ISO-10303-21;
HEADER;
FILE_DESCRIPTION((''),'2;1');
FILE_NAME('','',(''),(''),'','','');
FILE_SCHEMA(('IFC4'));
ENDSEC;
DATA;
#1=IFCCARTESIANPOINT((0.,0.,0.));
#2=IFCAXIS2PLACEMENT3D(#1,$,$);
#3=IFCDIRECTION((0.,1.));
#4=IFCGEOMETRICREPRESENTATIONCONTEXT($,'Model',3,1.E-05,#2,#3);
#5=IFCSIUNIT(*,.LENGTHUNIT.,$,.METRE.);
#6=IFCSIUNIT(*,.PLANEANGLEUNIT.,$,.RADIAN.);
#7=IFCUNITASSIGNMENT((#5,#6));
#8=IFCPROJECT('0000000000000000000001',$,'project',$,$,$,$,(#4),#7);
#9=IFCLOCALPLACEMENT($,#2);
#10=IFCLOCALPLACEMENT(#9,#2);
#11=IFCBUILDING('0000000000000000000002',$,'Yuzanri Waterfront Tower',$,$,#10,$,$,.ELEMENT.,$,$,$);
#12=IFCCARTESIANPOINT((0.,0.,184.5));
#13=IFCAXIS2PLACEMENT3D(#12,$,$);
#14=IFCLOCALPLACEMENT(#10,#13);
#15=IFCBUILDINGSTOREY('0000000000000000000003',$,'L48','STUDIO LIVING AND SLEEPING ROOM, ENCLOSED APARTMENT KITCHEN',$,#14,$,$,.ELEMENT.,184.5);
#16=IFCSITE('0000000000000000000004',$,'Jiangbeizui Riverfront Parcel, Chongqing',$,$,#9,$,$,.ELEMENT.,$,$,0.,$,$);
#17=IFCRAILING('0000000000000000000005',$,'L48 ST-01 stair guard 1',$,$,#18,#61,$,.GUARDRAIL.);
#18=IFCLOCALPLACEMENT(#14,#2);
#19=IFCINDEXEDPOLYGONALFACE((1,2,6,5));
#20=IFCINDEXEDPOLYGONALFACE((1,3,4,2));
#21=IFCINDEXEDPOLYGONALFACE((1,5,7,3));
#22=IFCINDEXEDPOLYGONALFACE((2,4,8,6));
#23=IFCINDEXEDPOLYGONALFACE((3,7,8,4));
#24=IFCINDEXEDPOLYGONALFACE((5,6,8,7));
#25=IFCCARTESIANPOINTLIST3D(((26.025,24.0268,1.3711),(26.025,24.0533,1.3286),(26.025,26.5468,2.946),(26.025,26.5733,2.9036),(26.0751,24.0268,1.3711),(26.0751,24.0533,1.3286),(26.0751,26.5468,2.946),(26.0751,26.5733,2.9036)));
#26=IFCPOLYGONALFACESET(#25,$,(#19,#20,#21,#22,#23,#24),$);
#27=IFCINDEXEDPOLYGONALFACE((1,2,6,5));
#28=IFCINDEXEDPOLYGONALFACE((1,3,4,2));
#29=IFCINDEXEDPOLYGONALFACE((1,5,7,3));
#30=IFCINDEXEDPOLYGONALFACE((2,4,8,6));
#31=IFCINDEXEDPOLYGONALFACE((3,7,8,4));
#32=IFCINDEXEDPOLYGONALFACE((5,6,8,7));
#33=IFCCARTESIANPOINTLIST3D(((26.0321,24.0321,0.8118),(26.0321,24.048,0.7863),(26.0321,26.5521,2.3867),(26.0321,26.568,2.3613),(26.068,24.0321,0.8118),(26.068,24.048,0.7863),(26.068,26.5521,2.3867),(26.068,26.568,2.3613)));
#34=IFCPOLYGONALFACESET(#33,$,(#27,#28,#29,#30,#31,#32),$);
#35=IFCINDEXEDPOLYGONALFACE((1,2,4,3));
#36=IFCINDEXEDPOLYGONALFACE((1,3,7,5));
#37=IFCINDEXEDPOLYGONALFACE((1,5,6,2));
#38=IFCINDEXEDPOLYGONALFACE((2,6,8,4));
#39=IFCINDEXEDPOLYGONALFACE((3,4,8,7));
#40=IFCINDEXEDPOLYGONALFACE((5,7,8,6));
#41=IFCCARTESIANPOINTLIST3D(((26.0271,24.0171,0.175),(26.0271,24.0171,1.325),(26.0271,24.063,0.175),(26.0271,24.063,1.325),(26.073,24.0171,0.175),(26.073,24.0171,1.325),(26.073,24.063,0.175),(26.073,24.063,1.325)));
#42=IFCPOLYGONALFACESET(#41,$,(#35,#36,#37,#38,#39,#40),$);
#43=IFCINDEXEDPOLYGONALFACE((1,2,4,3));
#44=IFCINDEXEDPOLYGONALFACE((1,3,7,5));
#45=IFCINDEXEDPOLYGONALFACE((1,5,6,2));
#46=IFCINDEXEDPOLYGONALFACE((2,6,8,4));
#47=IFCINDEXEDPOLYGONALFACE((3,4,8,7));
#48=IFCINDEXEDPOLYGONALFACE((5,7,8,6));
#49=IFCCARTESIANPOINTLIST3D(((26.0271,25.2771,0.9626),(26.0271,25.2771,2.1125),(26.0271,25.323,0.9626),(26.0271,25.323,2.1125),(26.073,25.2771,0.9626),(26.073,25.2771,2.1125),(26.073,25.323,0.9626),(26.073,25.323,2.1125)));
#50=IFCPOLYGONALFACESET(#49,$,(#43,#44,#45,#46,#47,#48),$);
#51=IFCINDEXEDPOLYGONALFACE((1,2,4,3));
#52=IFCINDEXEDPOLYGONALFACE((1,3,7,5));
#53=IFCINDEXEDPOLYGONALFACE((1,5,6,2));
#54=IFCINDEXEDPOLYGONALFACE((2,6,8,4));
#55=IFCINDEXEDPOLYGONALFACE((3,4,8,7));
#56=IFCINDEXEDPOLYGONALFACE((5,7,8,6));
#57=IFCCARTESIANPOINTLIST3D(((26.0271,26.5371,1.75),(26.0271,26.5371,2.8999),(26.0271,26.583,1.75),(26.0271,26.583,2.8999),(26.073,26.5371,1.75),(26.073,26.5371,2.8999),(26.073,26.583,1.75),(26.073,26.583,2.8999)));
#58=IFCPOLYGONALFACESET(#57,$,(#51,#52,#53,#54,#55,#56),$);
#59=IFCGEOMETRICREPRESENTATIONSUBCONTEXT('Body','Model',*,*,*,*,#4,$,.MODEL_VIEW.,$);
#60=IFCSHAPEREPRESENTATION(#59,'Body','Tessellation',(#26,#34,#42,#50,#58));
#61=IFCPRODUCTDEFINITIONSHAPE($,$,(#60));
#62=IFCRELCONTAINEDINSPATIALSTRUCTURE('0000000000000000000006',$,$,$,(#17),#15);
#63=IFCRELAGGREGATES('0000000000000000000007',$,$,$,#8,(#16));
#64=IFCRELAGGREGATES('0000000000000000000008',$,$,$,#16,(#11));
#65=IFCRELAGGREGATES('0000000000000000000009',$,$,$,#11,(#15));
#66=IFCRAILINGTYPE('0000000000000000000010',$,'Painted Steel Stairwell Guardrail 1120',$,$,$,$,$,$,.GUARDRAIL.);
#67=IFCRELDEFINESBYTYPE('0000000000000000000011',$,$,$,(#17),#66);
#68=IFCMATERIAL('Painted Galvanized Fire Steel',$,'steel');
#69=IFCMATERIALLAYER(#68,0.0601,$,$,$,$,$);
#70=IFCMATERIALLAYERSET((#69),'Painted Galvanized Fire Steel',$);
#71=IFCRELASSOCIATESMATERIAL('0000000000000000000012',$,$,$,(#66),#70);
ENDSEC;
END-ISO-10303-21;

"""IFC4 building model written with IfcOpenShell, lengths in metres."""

from ifc_helpers import new_model, si_unit, direction, frame, origin, origin_2d, place, context, subcontext, project, spatial, rectangle, extrude, source, transform, mapped, material, layer, layer_set, type_object, element, save


model = new_model("IFC4")

# Units and contexts
model_context = context("Model", 3, precision=1e-05, world=origin(), true_north=direction((0.0, 1.0)))
body_context = subcontext(model_context, "Body", "Model", "MODEL_VIEW")
ifc_project = project(units=[si_unit("LENGTHUNIT", "METRE"), si_unit("PLANEANGLEUNIT", "RADIAN")], contexts=[model_context])

# Site, building, storey
site_placement = place(None, origin())
site = spatial("IfcSite", under=ifc_project, at=site_placement, Name="Jiangbeizui Riverfront Parcel, Chongqing", CompositionType="ELEMENT", RefElevation=0.0)
building_placement = place(site_placement, origin())
building = spatial("IfcBuilding", under=site, at=building_placement, Name="Yuzanri Waterfront Tower", CompositionType="ELEMENT")
storey_placement = place(building_placement, frame((0.0, 0.0, 184.5)))
storey = spatial("IfcBuildingStorey", under=building, at=storey_placement, Name="L48", Description="STUDIO LIVING AND SLEEPING ROOM, ENCLOSED APARTMENT KITCHEN", CompositionType="ELEMENT", Elevation=184.5)

# Railing
ifc_material_1 = material(Name="Painted Galvanized Fire Steel", Category="steel")
ifc_layer_1 = layer(ifc_material_1, 0.0601)
ifc_layer_set_1 = layer_set([ifc_layer_1], Name="Painted Galvanized Fire Steel")
railing_type = type_object("IfcRailingType", Name="Painted Steel Stairwell Guardrail 1120", PredefinedType="GUARDRAIL", material=ifc_layer_set_1)
shared_shape_1 = source(origin(), body_context, "Body", "SweptSolid", [
    extrude(rectangle(XDim=0.05, YDim=0.05, at=origin_2d()), frame((0.0, 0.0, 1.1748), z_axis=(0.0, 0.848008, 0.529984), x_axis=(-1.0, 0.0, 0.0)), (0.0, 0.0, 1.0), 2.9717),
    extrude(rectangle(XDim=0.0359, YDim=0.03, at=origin_2d()), frame((0.0, 0.0, 0.624), z_axis=(0.0, 0.848008, 0.529984), x_axis=(-1.0, 0.0, 0.0)), (0.0, 0.0, 1.0), 2.9717),
    extrude(rectangle(XDim=0.0459, YDim=0.0459, at=origin_2d()), origin(), (0.0, 0.0, 1.0), 1.1499),
    extrude(rectangle(XDim=0.0459, YDim=0.0459, at=origin_2d()), frame((0.0, 1.26, 0.7876)), (0.0, 0.0, 1.0), 1.1499),
    extrude(rectangle(XDim=0.0459, YDim=0.0459, at=origin_2d()), frame((0.0, 2.52, 1.575)), (0.0, 0.0, 1.0), 1.1499),
])
railing_1_placement = place(storey_placement, frame((26.05, 24.04, 0.175)))
element("IfcRailing", 1, at=railing_1_placement, inside=storey, type_object=railing_type, Name="L48 ST-01 stair guard 1", PredefinedType="GUARDRAIL", context=body_context, shape_type="MappedRepresentation", body=[
    mapped(shared_shape_1, transform((0.0, 0.0, 0.0), scale=1.0)),
])

save(model, "model.ifc")
